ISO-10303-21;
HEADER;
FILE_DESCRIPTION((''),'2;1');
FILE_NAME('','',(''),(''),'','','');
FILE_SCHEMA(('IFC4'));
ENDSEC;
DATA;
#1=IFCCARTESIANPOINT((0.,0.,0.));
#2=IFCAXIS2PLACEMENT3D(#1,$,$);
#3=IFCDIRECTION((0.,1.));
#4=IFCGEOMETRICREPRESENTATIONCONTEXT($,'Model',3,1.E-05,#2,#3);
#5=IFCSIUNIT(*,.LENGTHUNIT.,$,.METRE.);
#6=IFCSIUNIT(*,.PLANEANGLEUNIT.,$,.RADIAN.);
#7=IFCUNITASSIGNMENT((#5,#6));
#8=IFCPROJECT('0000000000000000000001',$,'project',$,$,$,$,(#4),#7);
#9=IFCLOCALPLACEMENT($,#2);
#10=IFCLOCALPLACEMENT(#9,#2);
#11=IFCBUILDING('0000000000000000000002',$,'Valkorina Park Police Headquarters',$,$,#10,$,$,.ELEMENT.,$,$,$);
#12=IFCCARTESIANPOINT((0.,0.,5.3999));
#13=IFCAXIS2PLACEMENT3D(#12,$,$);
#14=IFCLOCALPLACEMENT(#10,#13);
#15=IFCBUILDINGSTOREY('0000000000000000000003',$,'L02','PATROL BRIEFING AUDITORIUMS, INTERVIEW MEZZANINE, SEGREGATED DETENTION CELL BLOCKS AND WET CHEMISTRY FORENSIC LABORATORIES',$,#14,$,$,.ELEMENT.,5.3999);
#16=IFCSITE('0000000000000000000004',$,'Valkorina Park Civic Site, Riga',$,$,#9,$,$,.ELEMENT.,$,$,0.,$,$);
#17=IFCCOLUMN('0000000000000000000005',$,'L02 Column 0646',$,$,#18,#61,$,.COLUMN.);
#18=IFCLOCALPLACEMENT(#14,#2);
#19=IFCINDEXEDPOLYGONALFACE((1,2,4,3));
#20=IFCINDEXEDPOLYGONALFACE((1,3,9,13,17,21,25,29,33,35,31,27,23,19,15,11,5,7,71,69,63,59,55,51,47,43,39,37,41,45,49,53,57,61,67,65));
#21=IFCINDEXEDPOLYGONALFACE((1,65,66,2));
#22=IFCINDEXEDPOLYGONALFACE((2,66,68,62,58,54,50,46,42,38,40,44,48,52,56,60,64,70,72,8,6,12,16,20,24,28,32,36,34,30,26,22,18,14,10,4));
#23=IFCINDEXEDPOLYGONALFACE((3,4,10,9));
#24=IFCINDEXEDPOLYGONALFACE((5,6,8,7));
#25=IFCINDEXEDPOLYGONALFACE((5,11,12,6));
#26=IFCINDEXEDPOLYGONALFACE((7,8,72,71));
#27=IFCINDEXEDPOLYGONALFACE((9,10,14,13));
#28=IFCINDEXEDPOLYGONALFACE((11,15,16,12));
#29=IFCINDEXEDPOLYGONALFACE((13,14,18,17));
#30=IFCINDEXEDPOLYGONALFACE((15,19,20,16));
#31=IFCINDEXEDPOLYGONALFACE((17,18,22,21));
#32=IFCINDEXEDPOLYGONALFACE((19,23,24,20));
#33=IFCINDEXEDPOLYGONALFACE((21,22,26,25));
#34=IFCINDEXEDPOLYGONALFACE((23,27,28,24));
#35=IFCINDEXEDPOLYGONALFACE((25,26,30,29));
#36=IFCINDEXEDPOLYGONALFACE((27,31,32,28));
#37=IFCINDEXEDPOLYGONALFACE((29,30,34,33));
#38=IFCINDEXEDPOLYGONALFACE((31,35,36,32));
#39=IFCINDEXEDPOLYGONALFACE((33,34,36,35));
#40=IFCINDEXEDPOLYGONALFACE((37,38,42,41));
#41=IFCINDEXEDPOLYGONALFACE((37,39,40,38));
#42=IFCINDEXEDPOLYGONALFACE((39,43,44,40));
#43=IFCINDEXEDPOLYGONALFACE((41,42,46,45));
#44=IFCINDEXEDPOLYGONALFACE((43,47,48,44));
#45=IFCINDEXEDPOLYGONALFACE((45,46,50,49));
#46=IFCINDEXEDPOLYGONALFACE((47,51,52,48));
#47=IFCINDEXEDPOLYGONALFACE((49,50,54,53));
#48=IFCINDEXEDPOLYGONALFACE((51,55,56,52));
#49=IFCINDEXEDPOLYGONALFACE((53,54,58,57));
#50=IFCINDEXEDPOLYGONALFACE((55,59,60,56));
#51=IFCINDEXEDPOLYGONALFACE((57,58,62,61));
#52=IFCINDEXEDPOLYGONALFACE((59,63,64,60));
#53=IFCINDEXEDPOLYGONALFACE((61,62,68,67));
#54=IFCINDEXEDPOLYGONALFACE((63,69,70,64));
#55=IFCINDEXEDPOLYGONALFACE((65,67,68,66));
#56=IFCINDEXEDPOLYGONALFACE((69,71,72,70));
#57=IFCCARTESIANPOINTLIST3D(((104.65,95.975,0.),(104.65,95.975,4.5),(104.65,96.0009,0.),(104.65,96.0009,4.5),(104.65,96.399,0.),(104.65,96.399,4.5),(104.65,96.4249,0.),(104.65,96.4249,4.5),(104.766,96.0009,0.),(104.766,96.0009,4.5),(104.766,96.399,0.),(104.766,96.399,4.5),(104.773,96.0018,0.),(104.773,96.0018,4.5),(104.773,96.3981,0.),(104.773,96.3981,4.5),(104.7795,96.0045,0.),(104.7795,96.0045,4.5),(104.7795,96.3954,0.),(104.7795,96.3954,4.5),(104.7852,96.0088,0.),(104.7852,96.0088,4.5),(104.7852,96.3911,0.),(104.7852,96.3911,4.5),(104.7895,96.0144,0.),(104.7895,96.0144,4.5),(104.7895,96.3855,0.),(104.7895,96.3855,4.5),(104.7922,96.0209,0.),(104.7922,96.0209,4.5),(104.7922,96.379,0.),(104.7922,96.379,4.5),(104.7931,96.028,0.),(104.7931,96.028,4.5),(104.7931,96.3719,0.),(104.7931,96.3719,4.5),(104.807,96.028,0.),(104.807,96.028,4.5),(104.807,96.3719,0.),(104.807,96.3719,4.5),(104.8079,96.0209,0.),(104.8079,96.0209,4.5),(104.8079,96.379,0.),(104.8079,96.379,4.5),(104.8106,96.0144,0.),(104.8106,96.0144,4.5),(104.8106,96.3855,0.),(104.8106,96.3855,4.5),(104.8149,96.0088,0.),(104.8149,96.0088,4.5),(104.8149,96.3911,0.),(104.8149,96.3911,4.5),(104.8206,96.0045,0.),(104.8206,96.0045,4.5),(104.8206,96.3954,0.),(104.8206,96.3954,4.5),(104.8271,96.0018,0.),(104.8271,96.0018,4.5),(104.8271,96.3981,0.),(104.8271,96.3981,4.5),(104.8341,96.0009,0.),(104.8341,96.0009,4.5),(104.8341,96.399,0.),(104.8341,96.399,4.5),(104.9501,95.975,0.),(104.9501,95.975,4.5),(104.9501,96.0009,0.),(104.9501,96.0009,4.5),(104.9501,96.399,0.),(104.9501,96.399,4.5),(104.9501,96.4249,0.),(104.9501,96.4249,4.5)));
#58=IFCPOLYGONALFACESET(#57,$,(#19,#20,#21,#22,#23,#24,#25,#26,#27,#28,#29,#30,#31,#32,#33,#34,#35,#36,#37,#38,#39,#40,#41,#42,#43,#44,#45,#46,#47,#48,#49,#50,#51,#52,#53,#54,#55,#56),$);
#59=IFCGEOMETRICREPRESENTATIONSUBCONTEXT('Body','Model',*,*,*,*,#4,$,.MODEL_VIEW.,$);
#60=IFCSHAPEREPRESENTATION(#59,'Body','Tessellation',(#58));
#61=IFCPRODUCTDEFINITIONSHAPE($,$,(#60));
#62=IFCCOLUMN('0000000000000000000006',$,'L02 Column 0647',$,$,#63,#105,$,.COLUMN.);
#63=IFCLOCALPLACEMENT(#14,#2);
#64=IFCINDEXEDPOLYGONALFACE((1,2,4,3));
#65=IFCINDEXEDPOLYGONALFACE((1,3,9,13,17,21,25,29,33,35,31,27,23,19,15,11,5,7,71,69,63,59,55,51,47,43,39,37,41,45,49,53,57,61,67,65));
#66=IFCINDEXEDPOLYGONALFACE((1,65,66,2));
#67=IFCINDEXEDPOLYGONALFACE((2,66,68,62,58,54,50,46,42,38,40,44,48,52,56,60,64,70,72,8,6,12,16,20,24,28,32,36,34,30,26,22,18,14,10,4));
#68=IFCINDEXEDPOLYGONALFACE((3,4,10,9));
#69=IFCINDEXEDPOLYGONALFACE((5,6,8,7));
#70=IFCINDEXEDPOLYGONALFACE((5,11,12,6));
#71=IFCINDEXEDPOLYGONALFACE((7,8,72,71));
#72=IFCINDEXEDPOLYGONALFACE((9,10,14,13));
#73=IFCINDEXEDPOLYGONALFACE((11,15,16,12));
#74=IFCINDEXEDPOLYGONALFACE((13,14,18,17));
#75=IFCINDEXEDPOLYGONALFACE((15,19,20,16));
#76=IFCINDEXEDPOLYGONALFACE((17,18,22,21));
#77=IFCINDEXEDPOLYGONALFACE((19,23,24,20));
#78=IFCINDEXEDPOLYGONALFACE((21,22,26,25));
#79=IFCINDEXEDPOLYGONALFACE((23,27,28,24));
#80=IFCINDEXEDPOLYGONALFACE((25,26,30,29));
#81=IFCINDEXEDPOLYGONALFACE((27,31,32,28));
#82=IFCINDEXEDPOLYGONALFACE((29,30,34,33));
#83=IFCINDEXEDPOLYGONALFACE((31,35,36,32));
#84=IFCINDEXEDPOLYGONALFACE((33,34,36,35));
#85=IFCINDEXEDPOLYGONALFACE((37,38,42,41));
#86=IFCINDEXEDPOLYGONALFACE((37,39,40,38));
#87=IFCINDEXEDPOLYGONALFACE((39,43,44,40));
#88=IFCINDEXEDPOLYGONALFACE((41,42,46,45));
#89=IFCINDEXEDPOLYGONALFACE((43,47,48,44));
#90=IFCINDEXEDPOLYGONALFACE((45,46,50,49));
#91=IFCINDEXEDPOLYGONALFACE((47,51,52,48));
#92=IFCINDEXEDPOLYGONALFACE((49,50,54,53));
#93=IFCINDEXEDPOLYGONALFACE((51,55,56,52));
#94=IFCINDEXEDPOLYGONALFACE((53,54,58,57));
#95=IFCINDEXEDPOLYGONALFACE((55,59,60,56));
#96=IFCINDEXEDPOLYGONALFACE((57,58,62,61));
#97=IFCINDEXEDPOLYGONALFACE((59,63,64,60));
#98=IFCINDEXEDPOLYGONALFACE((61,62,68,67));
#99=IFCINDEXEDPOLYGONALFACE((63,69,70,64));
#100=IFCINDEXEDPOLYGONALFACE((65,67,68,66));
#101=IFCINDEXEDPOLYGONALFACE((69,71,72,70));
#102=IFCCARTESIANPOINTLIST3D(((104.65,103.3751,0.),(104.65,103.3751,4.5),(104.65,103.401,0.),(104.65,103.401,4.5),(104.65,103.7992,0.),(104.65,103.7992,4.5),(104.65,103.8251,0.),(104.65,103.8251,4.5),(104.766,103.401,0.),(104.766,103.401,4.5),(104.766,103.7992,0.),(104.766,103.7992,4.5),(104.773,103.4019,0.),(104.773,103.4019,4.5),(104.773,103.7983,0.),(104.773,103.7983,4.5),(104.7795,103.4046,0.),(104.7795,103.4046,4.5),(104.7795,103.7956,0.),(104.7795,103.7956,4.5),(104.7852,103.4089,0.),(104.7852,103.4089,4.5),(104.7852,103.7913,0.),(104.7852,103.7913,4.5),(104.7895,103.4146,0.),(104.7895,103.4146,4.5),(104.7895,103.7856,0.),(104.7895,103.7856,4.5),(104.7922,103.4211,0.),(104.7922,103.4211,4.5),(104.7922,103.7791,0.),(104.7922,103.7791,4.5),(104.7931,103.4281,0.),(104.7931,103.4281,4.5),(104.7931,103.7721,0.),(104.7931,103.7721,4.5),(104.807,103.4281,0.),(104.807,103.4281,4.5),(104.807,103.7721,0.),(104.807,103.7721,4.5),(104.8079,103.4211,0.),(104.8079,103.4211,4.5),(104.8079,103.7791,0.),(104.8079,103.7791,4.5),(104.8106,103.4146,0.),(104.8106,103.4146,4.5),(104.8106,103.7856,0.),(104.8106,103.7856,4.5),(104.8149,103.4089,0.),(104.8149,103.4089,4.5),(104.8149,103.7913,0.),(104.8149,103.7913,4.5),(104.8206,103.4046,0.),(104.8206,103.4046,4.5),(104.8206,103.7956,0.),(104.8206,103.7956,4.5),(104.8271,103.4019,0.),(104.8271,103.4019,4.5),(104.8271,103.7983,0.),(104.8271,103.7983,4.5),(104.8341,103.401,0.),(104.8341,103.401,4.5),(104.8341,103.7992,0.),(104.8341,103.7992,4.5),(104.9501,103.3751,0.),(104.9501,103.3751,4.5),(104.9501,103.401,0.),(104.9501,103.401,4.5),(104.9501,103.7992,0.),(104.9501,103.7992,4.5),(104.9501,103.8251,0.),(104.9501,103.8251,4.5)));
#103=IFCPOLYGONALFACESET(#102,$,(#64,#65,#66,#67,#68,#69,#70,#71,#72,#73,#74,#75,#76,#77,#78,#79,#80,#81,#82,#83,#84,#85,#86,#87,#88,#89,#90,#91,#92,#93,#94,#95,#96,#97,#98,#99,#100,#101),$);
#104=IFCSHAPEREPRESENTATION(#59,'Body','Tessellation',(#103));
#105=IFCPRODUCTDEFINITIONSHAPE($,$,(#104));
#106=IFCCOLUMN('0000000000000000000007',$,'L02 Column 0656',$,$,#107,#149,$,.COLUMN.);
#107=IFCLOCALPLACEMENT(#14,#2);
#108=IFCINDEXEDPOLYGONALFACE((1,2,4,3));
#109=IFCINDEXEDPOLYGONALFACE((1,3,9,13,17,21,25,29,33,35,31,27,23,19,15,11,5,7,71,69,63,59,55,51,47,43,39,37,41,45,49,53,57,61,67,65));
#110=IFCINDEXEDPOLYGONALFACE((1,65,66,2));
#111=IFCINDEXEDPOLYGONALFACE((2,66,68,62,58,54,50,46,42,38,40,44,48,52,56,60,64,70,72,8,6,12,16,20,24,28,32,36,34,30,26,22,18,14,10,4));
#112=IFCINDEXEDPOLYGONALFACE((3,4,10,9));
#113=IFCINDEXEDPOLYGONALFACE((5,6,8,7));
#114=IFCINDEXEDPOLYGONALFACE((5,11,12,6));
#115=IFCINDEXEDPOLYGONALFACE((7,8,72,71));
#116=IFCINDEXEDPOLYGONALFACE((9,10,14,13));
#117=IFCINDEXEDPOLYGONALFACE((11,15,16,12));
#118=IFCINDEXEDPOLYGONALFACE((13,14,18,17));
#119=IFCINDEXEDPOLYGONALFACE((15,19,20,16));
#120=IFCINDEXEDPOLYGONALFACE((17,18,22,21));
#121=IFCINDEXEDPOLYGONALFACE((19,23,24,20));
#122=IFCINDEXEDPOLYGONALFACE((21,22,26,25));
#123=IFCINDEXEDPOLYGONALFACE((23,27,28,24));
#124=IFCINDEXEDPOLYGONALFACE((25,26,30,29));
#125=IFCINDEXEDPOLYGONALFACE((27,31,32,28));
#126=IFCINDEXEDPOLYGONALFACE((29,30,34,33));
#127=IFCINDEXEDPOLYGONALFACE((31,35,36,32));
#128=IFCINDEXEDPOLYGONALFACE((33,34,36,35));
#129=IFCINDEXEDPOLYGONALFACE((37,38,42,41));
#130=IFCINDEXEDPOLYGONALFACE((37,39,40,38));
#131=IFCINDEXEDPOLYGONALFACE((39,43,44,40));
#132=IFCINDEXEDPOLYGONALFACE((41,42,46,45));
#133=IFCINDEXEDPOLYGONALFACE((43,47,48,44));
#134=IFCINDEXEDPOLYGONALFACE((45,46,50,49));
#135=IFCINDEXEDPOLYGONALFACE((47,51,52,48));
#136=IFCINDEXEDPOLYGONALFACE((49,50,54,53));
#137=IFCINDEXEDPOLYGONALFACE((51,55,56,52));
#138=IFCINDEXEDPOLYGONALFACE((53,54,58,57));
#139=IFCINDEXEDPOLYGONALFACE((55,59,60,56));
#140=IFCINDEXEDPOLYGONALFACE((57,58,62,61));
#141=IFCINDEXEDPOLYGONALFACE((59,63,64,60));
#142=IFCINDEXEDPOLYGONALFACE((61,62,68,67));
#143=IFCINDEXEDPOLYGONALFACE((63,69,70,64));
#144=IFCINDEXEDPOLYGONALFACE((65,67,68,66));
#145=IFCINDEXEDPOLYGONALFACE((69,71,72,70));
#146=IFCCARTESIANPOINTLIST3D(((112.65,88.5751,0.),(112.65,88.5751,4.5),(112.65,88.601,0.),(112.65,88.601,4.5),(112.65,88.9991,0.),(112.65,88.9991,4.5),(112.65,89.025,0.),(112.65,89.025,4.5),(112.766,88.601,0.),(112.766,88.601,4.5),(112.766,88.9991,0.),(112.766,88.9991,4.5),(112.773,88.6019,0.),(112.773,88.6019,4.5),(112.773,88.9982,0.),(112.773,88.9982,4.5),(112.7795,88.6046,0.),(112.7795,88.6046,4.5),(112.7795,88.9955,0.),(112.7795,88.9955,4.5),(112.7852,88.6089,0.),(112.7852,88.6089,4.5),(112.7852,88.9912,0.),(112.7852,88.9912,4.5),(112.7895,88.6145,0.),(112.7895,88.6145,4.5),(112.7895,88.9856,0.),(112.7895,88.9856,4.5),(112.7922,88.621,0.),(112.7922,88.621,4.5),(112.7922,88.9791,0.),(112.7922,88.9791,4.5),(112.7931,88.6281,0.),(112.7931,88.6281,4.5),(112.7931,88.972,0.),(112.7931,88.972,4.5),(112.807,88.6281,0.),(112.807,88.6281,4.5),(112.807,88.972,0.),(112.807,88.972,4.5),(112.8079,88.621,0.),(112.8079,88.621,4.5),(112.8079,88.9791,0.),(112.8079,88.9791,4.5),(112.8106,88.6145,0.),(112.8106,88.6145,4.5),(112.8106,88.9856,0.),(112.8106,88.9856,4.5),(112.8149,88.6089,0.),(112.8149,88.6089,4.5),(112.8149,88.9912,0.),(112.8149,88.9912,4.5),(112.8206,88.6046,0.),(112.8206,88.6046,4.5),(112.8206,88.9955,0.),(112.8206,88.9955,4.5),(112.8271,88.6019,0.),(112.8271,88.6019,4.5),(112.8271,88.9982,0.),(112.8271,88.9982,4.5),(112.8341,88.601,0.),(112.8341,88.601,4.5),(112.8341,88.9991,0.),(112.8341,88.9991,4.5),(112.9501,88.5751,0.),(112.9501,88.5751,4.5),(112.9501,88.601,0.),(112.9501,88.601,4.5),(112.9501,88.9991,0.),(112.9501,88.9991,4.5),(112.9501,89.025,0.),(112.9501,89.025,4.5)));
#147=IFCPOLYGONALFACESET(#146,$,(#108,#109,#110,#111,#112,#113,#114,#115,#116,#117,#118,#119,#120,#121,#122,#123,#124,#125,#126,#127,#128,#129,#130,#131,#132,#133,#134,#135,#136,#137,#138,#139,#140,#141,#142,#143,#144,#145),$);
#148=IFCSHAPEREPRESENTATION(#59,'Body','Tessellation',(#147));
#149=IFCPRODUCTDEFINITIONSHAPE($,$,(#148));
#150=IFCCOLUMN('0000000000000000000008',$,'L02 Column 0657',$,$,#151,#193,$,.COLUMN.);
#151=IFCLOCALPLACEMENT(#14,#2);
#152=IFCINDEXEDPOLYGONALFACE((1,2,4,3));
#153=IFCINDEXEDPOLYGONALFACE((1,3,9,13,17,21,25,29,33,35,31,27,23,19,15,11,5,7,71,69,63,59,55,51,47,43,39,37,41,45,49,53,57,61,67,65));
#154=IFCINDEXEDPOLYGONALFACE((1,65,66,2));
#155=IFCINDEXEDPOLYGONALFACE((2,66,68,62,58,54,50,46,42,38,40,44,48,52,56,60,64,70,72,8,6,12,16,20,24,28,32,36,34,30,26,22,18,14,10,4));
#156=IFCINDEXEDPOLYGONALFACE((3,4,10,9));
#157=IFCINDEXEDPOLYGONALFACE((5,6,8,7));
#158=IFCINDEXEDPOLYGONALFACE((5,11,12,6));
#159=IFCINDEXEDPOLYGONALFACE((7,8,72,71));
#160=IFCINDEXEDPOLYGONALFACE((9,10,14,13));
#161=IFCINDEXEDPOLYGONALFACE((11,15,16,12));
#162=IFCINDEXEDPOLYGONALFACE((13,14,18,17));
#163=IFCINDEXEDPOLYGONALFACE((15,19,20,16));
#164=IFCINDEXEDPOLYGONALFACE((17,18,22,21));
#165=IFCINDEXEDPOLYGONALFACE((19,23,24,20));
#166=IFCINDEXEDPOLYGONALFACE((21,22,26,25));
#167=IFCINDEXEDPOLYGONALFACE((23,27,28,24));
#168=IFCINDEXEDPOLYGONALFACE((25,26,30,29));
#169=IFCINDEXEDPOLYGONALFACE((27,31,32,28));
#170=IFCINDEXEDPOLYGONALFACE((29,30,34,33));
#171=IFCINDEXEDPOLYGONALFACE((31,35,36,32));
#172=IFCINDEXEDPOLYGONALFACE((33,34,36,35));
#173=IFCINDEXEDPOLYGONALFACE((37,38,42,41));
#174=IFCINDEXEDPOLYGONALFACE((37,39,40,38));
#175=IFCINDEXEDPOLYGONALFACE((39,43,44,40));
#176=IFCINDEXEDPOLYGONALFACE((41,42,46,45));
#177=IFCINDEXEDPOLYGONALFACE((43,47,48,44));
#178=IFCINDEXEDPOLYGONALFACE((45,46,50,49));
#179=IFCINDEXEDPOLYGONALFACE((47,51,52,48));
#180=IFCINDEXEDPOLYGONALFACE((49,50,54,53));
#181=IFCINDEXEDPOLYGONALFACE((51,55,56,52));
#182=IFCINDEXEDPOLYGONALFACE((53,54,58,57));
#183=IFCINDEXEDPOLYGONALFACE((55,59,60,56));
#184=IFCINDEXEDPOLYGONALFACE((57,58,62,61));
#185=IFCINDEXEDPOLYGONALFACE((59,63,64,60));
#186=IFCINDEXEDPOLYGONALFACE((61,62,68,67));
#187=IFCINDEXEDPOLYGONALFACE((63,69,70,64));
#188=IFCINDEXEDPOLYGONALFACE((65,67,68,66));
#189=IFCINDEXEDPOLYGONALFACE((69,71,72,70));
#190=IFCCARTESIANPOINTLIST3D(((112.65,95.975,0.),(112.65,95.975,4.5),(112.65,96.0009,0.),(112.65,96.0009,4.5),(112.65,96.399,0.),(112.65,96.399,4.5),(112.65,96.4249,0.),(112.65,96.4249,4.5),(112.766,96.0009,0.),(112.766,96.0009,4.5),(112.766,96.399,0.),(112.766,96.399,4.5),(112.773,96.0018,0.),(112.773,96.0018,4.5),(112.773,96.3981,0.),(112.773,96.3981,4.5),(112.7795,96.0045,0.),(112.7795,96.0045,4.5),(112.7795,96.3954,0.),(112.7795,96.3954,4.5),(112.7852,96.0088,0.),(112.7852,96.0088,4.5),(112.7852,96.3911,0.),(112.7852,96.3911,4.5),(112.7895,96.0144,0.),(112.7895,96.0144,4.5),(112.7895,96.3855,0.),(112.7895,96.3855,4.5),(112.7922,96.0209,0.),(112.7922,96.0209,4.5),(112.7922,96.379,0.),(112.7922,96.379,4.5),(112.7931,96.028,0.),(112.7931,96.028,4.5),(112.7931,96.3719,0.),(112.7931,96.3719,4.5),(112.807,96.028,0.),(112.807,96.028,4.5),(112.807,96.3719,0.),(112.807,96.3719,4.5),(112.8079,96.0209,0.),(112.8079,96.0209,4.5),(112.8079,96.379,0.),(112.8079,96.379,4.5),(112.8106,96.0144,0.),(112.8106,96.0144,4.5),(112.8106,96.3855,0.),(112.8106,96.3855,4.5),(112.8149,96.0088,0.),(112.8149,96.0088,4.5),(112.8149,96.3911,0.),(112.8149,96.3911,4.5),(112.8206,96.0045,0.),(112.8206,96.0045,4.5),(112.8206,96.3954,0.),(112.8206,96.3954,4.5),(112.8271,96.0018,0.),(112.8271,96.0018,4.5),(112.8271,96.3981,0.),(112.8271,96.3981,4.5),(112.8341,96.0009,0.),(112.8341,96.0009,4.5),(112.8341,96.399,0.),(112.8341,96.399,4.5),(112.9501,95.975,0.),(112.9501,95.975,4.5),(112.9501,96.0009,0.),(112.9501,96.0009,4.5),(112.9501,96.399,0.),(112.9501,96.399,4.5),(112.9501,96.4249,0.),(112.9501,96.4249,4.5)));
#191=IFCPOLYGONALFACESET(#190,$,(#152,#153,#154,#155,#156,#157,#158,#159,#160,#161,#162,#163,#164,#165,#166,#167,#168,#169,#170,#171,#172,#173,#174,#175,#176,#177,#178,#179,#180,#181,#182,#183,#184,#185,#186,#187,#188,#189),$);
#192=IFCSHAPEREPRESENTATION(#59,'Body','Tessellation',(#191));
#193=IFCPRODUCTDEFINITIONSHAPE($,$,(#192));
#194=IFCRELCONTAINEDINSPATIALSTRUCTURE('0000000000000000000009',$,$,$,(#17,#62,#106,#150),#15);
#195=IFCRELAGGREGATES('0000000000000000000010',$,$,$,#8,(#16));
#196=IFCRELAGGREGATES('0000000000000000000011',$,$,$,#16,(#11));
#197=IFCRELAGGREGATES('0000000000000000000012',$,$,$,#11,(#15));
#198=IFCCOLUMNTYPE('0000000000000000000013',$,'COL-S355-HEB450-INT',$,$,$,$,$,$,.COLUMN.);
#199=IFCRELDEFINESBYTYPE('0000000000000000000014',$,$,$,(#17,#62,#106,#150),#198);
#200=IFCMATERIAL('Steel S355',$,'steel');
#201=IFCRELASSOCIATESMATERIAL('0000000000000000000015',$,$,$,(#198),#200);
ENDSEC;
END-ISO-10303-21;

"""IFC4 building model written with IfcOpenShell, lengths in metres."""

from ifc_helpers import new_model, si_unit, direction, frame, origin, origin_2d, place, context, subcontext, project, spatial, i_section, extrude, material, material_profile, profile_set, type_object, element, save


model = new_model("IFC4")

# Units and contexts
model_context = context("Model", 3, precision=1e-05, world=origin(), true_north=direction((0.0, 1.0)))
body_context = subcontext(model_context, "Body", "Model", "MODEL_VIEW")
ifc_project = project(units=[si_unit("LENGTHUNIT", "METRE"), si_unit("PLANEANGLEUNIT", "RADIAN")], contexts=[model_context])

# Site, building, storey
site_placement = place(None, origin())
site = spatial("IfcSite", under=ifc_project, at=site_placement, Name="Valkorina Park Civic Site, Riga", CompositionType="ELEMENT", RefElevation=0.0)
building_placement = place(site_placement, origin())
building = spatial("IfcBuilding", under=site, at=building_placement, Name="Valkorina Park Police Headquarters", CompositionType="ELEMENT")
storey_placement = place(building_placement, frame((0.0, 0.0, 5.3999)))
storey = spatial("IfcBuildingStorey", under=building, at=storey_placement, Name="L02", Description="PATROL BRIEFING AUDITORIUMS, INTERVIEW MEZZANINE, SEGREGATED DETENTION CELL BLOCKS AND WET CHEMISTRY FORENSIC LABORATORIES", CompositionType="ELEMENT", Elevation=5.3999)

# Columns
ifc_material_1 = material(Name="Steel S355", Category="steel")
ifc_material_profile_1 = material_profile(ifc_material_1, i_section(OverallWidth=0.3, OverallDepth=0.45, WebThickness=0.0139, FlangeThickness=0.0259, FilletRadius=0.0271, at=origin_2d()), Name="HEB 450")
ifc_profile_set_1 = profile_set([ifc_material_profile_1], Name="Steel S355")
column_type_1 = type_object("IfcColumnType", Name="COL-S355-HEB450-INT", PredefinedType="COLUMN", material=ifc_profile_set_1)
for number, where, z_axis, x_axis, name in (
    (1, (104.8, 96.2, 0.0), (0.0, 0.0, 1.0), (1.0, 0.0, 0.0), "L02 Column 0646"),
    (2, (104.8, 103.6001, 0.0), (0.0, 0.0, 1.0), (1.0, 0.0, 0.0), "L02 Column 0647"),
    (3, (112.8, 88.8, 0.0), (0.0, 0.0, 1.0), (1.0, 0.0, 0.0), "L02 Column 0656"),
    (4, (112.8, 96.2, 0.0), (0.0, 0.0, 1.0), (1.0, 0.0, 0.0), "L02 Column 0657"),
):
    element("IfcColumn", number, at=place(storey_placement, frame(where, z_axis=z_axis, x_axis=x_axis)), inside=storey, type_object=column_type_1, Name=name, PredefinedType="COLUMN", context=body_context, shape_type="SweptSolid", body=[
        extrude(i_section(OverallWidth=0.3, OverallDepth=0.45, WebThickness=0.0139, FlangeThickness=0.0259, FilletRadius=0.0271, at=origin_2d()), origin(), (0.0, 0.0, 1.0), 4.5),
    ])

save(model, "model.ifc")
